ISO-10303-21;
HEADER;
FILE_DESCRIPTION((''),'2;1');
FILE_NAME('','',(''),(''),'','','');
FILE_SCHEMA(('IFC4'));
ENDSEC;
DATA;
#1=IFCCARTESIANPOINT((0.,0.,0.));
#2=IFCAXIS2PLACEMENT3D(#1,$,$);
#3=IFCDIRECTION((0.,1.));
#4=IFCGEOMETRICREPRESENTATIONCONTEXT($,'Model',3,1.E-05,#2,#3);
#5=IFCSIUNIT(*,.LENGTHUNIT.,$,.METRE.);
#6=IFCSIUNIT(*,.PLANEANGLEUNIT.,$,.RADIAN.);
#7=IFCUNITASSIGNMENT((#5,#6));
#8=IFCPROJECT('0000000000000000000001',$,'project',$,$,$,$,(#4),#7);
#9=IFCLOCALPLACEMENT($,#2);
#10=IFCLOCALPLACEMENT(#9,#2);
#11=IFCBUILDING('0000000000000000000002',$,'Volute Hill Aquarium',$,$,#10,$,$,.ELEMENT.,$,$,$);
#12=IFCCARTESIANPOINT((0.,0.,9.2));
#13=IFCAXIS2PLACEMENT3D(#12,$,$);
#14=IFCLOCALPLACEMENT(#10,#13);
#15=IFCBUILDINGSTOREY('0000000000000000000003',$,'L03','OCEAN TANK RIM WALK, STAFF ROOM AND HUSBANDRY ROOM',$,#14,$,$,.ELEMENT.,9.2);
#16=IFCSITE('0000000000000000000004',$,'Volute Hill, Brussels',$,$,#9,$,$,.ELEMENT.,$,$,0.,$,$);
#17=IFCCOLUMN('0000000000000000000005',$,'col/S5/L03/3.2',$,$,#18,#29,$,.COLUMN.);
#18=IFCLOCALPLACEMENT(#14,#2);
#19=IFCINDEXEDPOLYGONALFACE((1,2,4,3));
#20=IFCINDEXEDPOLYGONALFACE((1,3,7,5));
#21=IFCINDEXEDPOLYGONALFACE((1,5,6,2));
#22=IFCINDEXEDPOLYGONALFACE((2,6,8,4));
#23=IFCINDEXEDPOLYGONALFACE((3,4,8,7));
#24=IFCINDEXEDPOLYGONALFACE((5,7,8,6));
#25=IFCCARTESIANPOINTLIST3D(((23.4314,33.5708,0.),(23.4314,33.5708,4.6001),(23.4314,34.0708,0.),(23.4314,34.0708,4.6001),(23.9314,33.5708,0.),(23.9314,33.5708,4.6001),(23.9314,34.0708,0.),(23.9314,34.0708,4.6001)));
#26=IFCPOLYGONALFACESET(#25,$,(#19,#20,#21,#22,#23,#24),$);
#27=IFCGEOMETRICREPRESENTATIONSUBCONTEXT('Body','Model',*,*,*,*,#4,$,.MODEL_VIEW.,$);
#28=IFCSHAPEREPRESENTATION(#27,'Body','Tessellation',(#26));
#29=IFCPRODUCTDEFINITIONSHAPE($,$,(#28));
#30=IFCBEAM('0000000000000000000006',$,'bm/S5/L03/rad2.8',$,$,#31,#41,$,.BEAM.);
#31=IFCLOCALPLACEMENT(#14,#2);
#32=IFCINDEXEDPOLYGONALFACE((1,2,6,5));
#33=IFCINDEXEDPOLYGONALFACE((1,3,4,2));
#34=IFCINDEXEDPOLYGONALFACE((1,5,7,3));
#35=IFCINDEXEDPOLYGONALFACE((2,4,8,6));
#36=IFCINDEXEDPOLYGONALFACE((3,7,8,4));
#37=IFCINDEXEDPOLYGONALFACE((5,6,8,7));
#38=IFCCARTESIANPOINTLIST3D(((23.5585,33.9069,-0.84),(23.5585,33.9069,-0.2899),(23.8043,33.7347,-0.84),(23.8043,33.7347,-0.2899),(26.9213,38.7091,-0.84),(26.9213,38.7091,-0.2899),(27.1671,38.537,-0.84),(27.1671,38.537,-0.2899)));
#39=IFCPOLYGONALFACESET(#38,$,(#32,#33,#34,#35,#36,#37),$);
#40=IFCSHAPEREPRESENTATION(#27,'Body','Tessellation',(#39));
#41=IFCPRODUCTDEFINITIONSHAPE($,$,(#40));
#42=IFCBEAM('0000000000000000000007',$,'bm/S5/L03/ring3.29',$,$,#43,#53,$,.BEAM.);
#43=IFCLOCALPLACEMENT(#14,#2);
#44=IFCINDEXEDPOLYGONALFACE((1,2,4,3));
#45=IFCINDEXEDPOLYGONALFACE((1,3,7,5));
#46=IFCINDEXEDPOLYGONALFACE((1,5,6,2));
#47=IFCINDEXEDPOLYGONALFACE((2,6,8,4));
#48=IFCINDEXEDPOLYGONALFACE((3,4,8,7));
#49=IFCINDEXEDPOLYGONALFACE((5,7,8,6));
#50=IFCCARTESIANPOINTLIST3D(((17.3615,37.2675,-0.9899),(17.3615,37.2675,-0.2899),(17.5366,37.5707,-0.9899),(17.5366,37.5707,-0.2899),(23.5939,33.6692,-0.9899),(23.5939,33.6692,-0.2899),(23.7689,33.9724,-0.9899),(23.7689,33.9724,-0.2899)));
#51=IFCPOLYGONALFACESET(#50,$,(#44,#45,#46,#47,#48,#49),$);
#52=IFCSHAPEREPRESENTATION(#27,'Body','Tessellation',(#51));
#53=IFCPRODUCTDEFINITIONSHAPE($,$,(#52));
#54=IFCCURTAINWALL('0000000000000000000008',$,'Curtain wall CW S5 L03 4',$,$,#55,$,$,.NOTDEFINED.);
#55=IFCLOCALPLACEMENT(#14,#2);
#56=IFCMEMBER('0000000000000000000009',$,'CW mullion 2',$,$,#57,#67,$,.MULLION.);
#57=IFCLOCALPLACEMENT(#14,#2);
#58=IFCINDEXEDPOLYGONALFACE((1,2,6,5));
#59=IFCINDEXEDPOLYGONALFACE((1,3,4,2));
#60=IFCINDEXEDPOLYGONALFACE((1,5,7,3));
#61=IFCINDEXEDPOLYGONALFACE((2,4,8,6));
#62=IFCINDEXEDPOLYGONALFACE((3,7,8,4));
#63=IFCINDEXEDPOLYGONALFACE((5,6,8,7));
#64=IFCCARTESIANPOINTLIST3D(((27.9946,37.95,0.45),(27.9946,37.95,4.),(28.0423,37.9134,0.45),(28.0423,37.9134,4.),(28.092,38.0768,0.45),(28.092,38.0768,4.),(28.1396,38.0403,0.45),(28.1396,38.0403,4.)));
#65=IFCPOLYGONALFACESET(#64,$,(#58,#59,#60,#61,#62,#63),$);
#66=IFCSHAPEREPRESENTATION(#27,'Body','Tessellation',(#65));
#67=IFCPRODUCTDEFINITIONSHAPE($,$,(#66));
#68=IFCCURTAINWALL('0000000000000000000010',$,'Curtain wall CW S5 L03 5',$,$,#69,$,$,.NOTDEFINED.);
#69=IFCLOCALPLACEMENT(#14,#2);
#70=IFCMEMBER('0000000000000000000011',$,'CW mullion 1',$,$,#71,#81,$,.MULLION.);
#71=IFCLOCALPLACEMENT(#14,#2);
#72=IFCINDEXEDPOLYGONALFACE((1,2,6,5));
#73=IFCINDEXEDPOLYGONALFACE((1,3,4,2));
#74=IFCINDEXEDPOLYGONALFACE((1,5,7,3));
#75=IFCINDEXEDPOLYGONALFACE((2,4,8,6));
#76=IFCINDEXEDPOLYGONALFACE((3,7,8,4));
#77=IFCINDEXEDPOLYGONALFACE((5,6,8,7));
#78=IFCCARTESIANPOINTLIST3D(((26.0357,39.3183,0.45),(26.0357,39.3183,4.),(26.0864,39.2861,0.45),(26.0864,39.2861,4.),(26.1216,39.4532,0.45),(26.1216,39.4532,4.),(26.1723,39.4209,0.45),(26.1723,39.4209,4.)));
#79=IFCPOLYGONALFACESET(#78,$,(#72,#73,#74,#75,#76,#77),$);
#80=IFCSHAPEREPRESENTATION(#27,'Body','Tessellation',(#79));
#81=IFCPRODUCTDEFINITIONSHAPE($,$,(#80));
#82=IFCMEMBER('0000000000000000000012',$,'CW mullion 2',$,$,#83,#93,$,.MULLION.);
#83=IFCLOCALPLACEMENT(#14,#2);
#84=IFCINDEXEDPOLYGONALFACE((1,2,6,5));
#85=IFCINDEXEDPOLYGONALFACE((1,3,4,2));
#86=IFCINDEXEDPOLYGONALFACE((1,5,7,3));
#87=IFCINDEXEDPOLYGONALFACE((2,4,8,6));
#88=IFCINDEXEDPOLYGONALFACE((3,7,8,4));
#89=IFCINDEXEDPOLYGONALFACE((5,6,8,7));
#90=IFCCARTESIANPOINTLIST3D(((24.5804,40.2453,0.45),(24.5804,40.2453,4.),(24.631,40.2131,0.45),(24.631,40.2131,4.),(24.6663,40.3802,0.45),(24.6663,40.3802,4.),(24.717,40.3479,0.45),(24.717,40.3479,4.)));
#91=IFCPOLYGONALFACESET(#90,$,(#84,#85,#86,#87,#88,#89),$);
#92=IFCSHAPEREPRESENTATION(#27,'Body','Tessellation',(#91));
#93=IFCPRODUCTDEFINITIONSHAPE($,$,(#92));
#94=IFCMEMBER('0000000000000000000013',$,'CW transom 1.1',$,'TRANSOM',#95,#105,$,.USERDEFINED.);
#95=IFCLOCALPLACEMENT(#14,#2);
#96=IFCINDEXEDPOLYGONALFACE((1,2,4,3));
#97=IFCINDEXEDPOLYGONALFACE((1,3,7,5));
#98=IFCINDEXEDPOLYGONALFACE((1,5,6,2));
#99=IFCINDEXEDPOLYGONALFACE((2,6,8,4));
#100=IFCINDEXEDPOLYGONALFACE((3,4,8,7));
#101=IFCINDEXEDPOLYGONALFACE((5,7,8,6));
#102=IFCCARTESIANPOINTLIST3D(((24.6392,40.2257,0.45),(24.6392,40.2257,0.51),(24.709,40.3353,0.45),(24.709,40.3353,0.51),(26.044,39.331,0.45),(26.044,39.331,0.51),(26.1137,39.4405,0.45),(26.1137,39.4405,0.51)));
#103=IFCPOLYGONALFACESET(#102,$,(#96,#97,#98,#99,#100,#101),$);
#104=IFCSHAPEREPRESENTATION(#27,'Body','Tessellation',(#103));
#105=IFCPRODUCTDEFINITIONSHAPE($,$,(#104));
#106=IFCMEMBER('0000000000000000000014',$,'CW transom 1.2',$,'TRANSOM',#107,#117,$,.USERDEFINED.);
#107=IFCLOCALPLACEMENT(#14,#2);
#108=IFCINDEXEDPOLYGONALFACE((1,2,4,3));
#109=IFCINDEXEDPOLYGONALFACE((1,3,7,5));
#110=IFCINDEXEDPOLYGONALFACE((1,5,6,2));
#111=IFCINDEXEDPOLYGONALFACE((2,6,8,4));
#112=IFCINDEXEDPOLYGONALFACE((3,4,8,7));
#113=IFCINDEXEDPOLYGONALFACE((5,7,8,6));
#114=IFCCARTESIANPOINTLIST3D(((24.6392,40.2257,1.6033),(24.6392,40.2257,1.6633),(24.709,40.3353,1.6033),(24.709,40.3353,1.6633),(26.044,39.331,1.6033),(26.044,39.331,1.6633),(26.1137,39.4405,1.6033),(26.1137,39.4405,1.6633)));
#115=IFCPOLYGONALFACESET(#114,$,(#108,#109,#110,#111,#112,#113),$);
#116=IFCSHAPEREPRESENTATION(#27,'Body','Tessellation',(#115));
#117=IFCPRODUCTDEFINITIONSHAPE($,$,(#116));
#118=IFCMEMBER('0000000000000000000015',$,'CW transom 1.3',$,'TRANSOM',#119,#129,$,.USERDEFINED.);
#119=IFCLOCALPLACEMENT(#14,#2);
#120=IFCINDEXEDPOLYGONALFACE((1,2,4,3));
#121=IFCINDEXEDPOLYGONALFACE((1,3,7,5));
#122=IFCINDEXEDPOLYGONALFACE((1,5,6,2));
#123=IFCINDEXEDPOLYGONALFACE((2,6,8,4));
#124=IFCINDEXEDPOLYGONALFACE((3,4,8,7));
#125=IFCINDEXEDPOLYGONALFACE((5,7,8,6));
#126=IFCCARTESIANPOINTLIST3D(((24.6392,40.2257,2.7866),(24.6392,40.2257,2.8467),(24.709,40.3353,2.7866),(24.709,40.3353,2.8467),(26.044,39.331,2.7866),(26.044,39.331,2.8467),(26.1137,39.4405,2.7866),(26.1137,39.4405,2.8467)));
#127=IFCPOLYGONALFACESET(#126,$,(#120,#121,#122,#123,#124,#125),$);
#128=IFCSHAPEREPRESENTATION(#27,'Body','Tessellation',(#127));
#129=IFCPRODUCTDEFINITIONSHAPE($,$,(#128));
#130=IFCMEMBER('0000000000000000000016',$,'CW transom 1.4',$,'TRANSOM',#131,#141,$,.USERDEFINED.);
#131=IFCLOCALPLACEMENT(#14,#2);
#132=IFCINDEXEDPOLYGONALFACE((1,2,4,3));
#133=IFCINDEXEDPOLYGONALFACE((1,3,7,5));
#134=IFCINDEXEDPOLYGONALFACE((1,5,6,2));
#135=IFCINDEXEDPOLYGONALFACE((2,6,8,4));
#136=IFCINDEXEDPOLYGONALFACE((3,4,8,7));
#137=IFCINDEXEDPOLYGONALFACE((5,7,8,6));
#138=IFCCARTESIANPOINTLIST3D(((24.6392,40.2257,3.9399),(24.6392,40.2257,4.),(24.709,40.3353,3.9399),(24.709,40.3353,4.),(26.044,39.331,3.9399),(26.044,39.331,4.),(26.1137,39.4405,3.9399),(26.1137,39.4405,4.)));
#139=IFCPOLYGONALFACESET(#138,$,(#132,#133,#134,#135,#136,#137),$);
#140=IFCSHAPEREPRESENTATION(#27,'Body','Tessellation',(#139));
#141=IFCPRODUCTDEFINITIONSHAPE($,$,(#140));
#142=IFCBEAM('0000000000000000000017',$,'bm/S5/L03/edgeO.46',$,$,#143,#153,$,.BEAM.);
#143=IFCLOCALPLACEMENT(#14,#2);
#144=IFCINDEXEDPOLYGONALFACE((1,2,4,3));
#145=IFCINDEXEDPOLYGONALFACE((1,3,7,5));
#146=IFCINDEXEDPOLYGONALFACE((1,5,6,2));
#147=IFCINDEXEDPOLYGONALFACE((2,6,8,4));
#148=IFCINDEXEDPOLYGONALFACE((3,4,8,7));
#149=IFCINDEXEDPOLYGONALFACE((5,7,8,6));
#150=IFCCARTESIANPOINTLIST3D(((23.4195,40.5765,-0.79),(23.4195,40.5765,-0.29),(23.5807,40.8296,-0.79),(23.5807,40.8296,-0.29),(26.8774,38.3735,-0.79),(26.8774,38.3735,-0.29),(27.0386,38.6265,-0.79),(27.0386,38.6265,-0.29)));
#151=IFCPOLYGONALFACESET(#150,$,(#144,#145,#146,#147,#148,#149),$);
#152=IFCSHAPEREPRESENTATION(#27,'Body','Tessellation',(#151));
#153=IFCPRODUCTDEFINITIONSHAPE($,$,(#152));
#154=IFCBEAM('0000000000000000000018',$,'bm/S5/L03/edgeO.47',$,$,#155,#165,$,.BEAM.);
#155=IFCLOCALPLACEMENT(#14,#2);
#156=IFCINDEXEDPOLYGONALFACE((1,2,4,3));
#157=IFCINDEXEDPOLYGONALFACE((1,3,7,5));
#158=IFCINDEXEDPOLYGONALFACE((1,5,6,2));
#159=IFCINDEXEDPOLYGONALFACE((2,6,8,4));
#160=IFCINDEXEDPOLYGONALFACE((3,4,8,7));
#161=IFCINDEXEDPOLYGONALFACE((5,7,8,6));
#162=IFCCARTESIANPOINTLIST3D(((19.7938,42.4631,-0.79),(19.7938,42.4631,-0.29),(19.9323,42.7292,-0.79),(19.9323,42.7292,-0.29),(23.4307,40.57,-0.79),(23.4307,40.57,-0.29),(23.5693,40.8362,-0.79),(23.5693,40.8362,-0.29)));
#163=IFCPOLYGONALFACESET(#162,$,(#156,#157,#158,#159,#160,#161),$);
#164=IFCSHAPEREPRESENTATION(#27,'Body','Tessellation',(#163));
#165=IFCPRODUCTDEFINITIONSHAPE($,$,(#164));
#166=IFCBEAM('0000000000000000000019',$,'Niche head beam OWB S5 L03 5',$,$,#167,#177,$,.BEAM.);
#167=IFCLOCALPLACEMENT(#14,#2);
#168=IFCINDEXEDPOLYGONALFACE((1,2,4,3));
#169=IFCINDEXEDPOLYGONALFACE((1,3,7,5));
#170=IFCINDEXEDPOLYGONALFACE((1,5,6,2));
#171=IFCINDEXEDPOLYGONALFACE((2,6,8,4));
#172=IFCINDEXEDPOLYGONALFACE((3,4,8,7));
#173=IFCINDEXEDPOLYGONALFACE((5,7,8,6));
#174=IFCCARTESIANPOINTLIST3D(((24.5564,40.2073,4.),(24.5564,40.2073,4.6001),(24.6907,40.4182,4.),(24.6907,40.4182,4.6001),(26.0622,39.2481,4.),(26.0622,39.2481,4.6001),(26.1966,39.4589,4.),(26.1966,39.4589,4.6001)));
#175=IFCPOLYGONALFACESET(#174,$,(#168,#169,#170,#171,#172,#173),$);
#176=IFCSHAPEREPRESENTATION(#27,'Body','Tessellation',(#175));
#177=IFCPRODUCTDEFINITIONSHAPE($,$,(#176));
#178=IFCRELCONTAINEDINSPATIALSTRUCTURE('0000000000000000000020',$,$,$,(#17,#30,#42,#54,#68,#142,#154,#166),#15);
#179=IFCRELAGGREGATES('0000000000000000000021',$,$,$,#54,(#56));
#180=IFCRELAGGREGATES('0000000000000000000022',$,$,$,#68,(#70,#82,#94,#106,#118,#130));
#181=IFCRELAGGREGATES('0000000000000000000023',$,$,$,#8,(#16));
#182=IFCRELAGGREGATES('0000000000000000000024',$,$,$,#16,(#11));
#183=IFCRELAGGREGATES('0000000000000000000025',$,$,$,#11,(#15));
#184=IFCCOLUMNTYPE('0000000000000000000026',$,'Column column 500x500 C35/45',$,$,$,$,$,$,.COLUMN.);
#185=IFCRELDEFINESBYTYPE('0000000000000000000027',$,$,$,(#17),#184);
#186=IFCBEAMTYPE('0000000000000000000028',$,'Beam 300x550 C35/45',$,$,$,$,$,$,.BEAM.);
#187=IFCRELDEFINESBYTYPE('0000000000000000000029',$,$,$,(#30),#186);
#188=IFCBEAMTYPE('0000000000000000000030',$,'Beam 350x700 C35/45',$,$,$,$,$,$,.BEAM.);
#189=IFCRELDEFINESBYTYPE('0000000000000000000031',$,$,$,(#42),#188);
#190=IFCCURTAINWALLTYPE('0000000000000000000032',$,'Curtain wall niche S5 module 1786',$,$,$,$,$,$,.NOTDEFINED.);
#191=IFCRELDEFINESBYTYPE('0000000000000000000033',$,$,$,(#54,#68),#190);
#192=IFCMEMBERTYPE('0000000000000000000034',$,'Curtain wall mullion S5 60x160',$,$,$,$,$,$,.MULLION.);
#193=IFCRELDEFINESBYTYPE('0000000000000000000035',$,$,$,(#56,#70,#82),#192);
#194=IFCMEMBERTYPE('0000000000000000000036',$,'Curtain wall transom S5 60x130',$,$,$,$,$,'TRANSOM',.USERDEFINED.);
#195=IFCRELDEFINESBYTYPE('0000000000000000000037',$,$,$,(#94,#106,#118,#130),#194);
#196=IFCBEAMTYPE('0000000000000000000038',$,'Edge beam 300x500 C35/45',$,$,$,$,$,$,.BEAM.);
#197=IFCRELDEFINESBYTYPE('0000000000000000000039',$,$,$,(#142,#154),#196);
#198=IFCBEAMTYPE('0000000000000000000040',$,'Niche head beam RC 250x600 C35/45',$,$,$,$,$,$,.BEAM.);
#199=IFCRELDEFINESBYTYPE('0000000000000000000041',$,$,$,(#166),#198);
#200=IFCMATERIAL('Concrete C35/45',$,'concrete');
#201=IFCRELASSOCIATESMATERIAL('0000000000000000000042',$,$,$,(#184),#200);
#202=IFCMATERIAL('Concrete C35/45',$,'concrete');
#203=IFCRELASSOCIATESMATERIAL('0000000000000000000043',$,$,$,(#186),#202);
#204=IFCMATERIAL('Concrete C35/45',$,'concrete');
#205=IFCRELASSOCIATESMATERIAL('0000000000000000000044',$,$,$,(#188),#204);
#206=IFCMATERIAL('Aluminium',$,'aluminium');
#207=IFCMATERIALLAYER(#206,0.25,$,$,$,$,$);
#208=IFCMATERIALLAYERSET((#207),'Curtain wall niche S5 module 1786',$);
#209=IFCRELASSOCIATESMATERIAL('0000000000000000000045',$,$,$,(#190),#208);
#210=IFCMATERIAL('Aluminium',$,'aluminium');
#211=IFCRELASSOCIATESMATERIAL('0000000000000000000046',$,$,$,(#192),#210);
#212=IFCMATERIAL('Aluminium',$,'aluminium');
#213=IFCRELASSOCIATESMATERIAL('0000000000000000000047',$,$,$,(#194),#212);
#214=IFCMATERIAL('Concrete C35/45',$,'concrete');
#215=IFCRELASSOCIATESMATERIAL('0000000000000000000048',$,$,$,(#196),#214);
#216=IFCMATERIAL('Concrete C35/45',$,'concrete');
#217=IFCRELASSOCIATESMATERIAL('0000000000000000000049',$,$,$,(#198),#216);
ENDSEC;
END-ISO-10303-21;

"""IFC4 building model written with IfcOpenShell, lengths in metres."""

from ifc_helpers import new_model, si_unit, direction, frame, origin, origin_2d, place, context, subcontext, project, spatial, rectangle, extrude, material, layer, layer_set, material_profile, profile_set, type_object, element, aggregate, save


model = new_model("IFC4")

# Units and contexts
model_context = context("Model", 3, precision=1e-05, world=origin(), true_north=direction((0.0, 1.0)))
body_context = subcontext(model_context, "Body", "Model", "MODEL_VIEW")
ifc_project = project(units=[si_unit("LENGTHUNIT", "METRE"), si_unit("PLANEANGLEUNIT", "RADIAN")], contexts=[model_context])

# Site, building, storey
site_placement = place(None, origin())
site = spatial("IfcSite", under=ifc_project, at=site_placement, Name="Volute Hill, Brussels", CompositionType="ELEMENT", RefElevation=0.0)
building_placement = place(site_placement, origin())
building = spatial("IfcBuilding", under=site, at=building_placement, Name="Volute Hill Aquarium", CompositionType="ELEMENT")
storey_placement = place(building_placement, frame((0.0, 0.0, 9.2)))
storey = spatial("IfcBuildingStorey", under=building, at=storey_placement, Name="L03", Description="OCEAN TANK RIM WALK, STAFF ROOM AND HUSBANDRY ROOM", CompositionType="ELEMENT", Elevation=9.2)

# Column
ifc_material_1 = material(Name="Concrete C35/45", Category="concrete")
ifc_material_profile_1 = material_profile(ifc_material_1, rectangle(XDim=0.5, YDim=0.5, at=origin_2d()), Name="RC column 500x500")
ifc_profile_set_1 = profile_set([ifc_material_profile_1], Name="Concrete C35/45")
column_type = type_object("IfcColumnType", Name="Column column 500x500 C35/45", PredefinedType="COLUMN", material=ifc_profile_set_1)
column_placement = place(storey_placement, frame((23.6814, 33.8208, 0.0), z_axis=(0.0, 0.0, 1.0), x_axis=(1.0, 0.0, 0.0)))
element("IfcColumn", 1, at=column_placement, inside=storey, type_object=column_type, Name="col/S5/L03/3.2", PredefinedType="COLUMN", context=body_context, shape_type="SweptSolid", body=[
    extrude(rectangle(XDim=0.5, YDim=0.5, at=origin_2d()), origin(), (0.0, 0.0, 1.0), 4.6001),
])

# Beams
ifc_material_2 = material(Name="Concrete C35/45", Category="concrete")
ifc_material_profile_2 = material_profile(ifc_material_2, rectangle(XDim=0.3, YDim=0.55, at=origin_2d()), Name="RC beam 300x550")
ifc_profile_set_2 = profile_set([ifc_material_profile_2], Name="Concrete C35/45")
beam_type_1 = type_object("IfcBeamType", Name="Beam 300x550 C35/45", PredefinedType="BEAM", material=ifc_profile_set_2)
beam_1_placement = place(storey_placement, frame((23.6814, 33.8208, -0.5649), z_axis=(0.573602, 0.819134, 0.0), x_axis=(-0.819134, 0.573602, 0.0)))
element("IfcBeam", 2, at=beam_1_placement, inside=storey, type_object=beam_type_1, Name="bm/S5/L03/rad2.8", PredefinedType="BEAM", context=body_context, shape_type="SweptSolid", body=[
    extrude(rectangle(XDim=0.3, YDim=0.55, at=origin_2d()), origin(), (0.0, 0.0, 1.0), 5.8625),
])
ifc_material_3 = material(Name="Concrete C35/45", Category="concrete")
ifc_material_profile_3 = material_profile(ifc_material_3, rectangle(XDim=0.3501, YDim=0.7, at=origin_2d()), Name="RC beam 350x700")
ifc_profile_set_3 = profile_set([ifc_material_profile_3], Name="Concrete C35/45")
beam_type_2 = type_object("IfcBeamType", Name="Beam 350x700 C35/45", PredefinedType="BEAM", material=ifc_profile_set_3)
beam_2_placement = place(storey_placement, frame((23.6814, 33.8208, -0.6399), z_axis=(-0.866019, 0.50001, 0.0), x_axis=(-0.50001, -0.866019, 0.0)))
element("IfcBeam", 3, at=beam_2_placement, inside=storey, type_object=beam_type_2, Name="bm/S5/L03/ring3.29", PredefinedType="BEAM", context=body_context, shape_type="SweptSolid", body=[
    extrude(rectangle(XDim=0.3501, YDim=0.7, at=origin_2d()), origin(), (0.0, 0.0, 1.0), 7.1965),
])

# Curtain wall, member
ifc_material_4 = material(Name="Aluminium", Category="aluminium")
ifc_layer_1 = layer(ifc_material_4, 0.25)
ifc_layer_set_1 = layer_set([ifc_layer_1], Name="Curtain wall niche S5 module 1786")
curtain_wall_type = type_object("IfcCurtainWallType", Name="Curtain wall niche S5 module 1786", PredefinedType="NOTDEFINED", material=ifc_layer_set_1)
curtain_wall_1_placement = place(storey_placement, origin())
curtain_wall_1 = element("IfcCurtainWall", 4, at=curtain_wall_1_placement, inside=storey, type_object=curtain_wall_type, Name="Curtain wall CW S5 L03 4", PredefinedType="NOTDEFINED")
ifc_material_5 = material(Name="Aluminium", Category="aluminium")
ifc_material_profile_4 = material_profile(ifc_material_5, rectangle(XDim=0.1599, YDim=0.0601, at=origin_2d()), Name="Curtain wall mullion S5 60x160")
ifc_profile_set_4 = profile_set([ifc_material_profile_4], Name="Aluminium")
member_type_1 = type_object("IfcMemberType", Name="Curtain wall mullion S5 60x160", PredefinedType="MULLION", material=ifc_profile_set_4)
member_1_placement = place(storey_placement, frame((28.0671, 37.9951, 0.45), z_axis=(0.0, 0.0, 1.0), x_axis=(-0.608755, -0.793358, 0.0)))
member_1 = element("IfcMember", 5, at=member_1_placement, type_object=member_type_1, Name="CW mullion 2", PredefinedType="MULLION", context=body_context, shape_type="SweptSolid", body=[
    extrude(rectangle(XDim=0.1599, YDim=0.0601, at=origin_2d()), origin(), (0.0, 0.0, 1.0), 3.55),
])

# Curtain wall, members
curtain_wall_2_placement = place(storey_placement, origin())
curtain_wall_2 = element("IfcCurtainWall", 6, at=curtain_wall_2_placement, inside=storey, type_object=curtain_wall_type, Name="Curtain wall CW S5 L03 5", PredefinedType="NOTDEFINED")
member_2_placement = place(storey_placement, frame((26.104, 39.3696, 0.45), z_axis=(0.0, 0.0, 1.0), x_axis=(-0.53731, -0.843385, 0.0)))
member_2 = element("IfcMember", 7, at=member_2_placement, type_object=member_type_1, Name="CW mullion 1", PredefinedType="MULLION", context=body_context, shape_type="SweptSolid", body=[
    extrude(rectangle(XDim=0.1599, YDim=0.0601, at=origin_2d()), origin(), (0.0, 0.0, 1.0), 3.55),
])
member_3_placement = place(storey_placement, frame((24.6487, 40.2966, 0.45), z_axis=(0.0, 0.0, 1.0), x_axis=(-0.53731, -0.843385, 0.0)))
member_3 = element("IfcMember", 8, at=member_3_placement, type_object=member_type_1, Name="CW mullion 2", PredefinedType="MULLION", context=body_context, shape_type="SweptSolid", body=[
    extrude(rectangle(XDim=0.1599, YDim=0.0601, at=origin_2d()), origin(), (0.0, 0.0, 1.0), 3.55),
])
ifc_material_6 = material(Name="Aluminium", Category="aluminium")
ifc_material_profile_5 = material_profile(ifc_material_6, rectangle(XDim=0.1299, YDim=0.0601, at=origin_2d()), Name="Curtain wall transom S5 60x130")
ifc_profile_set_5 = profile_set([ifc_material_profile_5], Name="Aluminium")
member_type_2 = type_object("IfcMemberType", Name="Curtain wall transom S5 60x130", ElementType="TRANSOM", PredefinedType="USERDEFINED", material=ifc_profile_set_5)
member_4_placement = place(storey_placement, frame((26.0789, 39.3857, 0.48), z_axis=(-0.843438, 0.537226, 0.0), x_axis=(-0.537226, -0.843438, 0.0)))
member_4 = element("IfcMember", 9, at=member_4_placement, type_object=member_type_2, Name="CW transom 1.1", ObjectType="TRANSOM", PredefinedType="USERDEFINED", context=body_context, shape_type="SweptSolid", body=[
    extrude(rectangle(XDim=0.1299, YDim=0.0601, at=origin_2d()), origin(), (0.0, 0.0, 1.0), 1.6655),
])
member_5_placement = place(storey_placement, frame((26.0789, 39.3857, 1.6333), z_axis=(-0.843438, 0.537226, 0.0), x_axis=(-0.537226, -0.843438, 0.0)))
member_5 = element("IfcMember", 10, at=member_5_placement, type_object=member_type_2, Name="CW transom 1.2", ObjectType="TRANSOM", PredefinedType="USERDEFINED", context=body_context, shape_type="SweptSolid", body=[
    extrude(rectangle(XDim=0.1299, YDim=0.0601, at=origin_2d()), origin(), (0.0, 0.0, 1.0), 1.6655),
])
member_6_placement = place(storey_placement, frame((26.0789, 39.3857, 2.8167), z_axis=(-0.843438, 0.537226, 0.0), x_axis=(-0.537226, -0.843438, 0.0)))
member_6 = element("IfcMember", 11, at=member_6_placement, type_object=member_type_2, Name="CW transom 1.3", ObjectType="TRANSOM", PredefinedType="USERDEFINED", context=body_context, shape_type="SweptSolid", body=[
    extrude(rectangle(XDim=0.1299, YDim=0.0601, at=origin_2d()), origin(), (0.0, 0.0, 1.0), 1.6655),
])
member_7_placement = place(storey_placement, frame((26.0789, 39.3857, 3.97), z_axis=(-0.843438, 0.537226, 0.0), x_axis=(-0.537226, -0.843438, 0.0)))
member_7 = element("IfcMember", 12, at=member_7_placement, type_object=member_type_2, Name="CW transom 1.4", ObjectType="TRANSOM", PredefinedType="USERDEFINED", context=body_context, shape_type="SweptSolid", body=[
    extrude(rectangle(XDim=0.1299, YDim=0.0601, at=origin_2d()), origin(), (0.0, 0.0, 1.0), 1.6655),
])

# Beams
ifc_material_7 = material(Name="Concrete C35/45", Category="concrete")
ifc_material_profile_6 = material_profile(ifc_material_7, rectangle(XDim=0.3, YDim=0.5, at=origin_2d()), Name="RC edge beam 300x500")
ifc_profile_set_6 = profile_set([ifc_material_profile_6], Name="Concrete C35/45")
beam_type_3 = type_object("IfcBeamType", Name="Edge beam 300x500 C35/45", PredefinedType="BEAM", material=ifc_profile_set_6)
for number, where, z_axis, x_axis, name in (
    (13, (26.958, 38.5, -0.54), (-0.843377, 0.537322, 0.0), (-0.537322, -0.843377, 0.0), "bm/S5/L03/edgeO.46"),
    (14, (23.5, 40.7031, -0.54), (-0.887032, 0.461707, 0.0), (-0.461707, -0.887032, 0.0), "bm/S5/L03/edgeO.47"),
):
    element("IfcBeam", number, at=place(storey_placement, frame(where, z_axis=z_axis, x_axis=x_axis)), inside=storey, type_object=beam_type_3, Name=name, PredefinedType="BEAM", context=body_context, shape_type="SweptSolid", body=[
        extrude(rectangle(XDim=0.3, YDim=0.5, at=origin_2d()), origin(), (0.0, 0.0, 1.0), 4.1001),
    ])
ifc_material_8 = material(Name="Concrete C35/45", Category="concrete")
ifc_material_profile_7 = material_profile(ifc_material_8, rectangle(XDim=0.25, YDim=0.6001, at=origin_2d()), Name="RC beam 250x600")
ifc_profile_set_7 = profile_set([ifc_material_profile_7], Name="Concrete C35/45")
beam_type_4 = type_object("IfcBeamType", Name="Niche head beam RC 250x600 C35/45", PredefinedType="BEAM", material=ifc_profile_set_7)
beam_3_placement = place(storey_placement, frame((26.1294, 39.3535, 4.3), z_axis=(-0.843419, 0.537256, 0.0), x_axis=(-0.537256, -0.843419, 0.0)))
element("IfcBeam", 15, at=beam_3_placement, inside=storey, type_object=beam_type_4, Name="Niche head beam OWB S5 L03 5", PredefinedType="BEAM", context=body_context, shape_type="SweptSolid", body=[
    extrude(rectangle(XDim=0.25, YDim=0.6001, at=origin_2d()), origin(), (0.0, 0.0, 1.0), 1.7854),
])

aggregate(curtain_wall_1, [member_1])
aggregate(curtain_wall_2, [member_2, member_3, member_4, member_5, member_6, member_7])

save(model, "model.ifc")
